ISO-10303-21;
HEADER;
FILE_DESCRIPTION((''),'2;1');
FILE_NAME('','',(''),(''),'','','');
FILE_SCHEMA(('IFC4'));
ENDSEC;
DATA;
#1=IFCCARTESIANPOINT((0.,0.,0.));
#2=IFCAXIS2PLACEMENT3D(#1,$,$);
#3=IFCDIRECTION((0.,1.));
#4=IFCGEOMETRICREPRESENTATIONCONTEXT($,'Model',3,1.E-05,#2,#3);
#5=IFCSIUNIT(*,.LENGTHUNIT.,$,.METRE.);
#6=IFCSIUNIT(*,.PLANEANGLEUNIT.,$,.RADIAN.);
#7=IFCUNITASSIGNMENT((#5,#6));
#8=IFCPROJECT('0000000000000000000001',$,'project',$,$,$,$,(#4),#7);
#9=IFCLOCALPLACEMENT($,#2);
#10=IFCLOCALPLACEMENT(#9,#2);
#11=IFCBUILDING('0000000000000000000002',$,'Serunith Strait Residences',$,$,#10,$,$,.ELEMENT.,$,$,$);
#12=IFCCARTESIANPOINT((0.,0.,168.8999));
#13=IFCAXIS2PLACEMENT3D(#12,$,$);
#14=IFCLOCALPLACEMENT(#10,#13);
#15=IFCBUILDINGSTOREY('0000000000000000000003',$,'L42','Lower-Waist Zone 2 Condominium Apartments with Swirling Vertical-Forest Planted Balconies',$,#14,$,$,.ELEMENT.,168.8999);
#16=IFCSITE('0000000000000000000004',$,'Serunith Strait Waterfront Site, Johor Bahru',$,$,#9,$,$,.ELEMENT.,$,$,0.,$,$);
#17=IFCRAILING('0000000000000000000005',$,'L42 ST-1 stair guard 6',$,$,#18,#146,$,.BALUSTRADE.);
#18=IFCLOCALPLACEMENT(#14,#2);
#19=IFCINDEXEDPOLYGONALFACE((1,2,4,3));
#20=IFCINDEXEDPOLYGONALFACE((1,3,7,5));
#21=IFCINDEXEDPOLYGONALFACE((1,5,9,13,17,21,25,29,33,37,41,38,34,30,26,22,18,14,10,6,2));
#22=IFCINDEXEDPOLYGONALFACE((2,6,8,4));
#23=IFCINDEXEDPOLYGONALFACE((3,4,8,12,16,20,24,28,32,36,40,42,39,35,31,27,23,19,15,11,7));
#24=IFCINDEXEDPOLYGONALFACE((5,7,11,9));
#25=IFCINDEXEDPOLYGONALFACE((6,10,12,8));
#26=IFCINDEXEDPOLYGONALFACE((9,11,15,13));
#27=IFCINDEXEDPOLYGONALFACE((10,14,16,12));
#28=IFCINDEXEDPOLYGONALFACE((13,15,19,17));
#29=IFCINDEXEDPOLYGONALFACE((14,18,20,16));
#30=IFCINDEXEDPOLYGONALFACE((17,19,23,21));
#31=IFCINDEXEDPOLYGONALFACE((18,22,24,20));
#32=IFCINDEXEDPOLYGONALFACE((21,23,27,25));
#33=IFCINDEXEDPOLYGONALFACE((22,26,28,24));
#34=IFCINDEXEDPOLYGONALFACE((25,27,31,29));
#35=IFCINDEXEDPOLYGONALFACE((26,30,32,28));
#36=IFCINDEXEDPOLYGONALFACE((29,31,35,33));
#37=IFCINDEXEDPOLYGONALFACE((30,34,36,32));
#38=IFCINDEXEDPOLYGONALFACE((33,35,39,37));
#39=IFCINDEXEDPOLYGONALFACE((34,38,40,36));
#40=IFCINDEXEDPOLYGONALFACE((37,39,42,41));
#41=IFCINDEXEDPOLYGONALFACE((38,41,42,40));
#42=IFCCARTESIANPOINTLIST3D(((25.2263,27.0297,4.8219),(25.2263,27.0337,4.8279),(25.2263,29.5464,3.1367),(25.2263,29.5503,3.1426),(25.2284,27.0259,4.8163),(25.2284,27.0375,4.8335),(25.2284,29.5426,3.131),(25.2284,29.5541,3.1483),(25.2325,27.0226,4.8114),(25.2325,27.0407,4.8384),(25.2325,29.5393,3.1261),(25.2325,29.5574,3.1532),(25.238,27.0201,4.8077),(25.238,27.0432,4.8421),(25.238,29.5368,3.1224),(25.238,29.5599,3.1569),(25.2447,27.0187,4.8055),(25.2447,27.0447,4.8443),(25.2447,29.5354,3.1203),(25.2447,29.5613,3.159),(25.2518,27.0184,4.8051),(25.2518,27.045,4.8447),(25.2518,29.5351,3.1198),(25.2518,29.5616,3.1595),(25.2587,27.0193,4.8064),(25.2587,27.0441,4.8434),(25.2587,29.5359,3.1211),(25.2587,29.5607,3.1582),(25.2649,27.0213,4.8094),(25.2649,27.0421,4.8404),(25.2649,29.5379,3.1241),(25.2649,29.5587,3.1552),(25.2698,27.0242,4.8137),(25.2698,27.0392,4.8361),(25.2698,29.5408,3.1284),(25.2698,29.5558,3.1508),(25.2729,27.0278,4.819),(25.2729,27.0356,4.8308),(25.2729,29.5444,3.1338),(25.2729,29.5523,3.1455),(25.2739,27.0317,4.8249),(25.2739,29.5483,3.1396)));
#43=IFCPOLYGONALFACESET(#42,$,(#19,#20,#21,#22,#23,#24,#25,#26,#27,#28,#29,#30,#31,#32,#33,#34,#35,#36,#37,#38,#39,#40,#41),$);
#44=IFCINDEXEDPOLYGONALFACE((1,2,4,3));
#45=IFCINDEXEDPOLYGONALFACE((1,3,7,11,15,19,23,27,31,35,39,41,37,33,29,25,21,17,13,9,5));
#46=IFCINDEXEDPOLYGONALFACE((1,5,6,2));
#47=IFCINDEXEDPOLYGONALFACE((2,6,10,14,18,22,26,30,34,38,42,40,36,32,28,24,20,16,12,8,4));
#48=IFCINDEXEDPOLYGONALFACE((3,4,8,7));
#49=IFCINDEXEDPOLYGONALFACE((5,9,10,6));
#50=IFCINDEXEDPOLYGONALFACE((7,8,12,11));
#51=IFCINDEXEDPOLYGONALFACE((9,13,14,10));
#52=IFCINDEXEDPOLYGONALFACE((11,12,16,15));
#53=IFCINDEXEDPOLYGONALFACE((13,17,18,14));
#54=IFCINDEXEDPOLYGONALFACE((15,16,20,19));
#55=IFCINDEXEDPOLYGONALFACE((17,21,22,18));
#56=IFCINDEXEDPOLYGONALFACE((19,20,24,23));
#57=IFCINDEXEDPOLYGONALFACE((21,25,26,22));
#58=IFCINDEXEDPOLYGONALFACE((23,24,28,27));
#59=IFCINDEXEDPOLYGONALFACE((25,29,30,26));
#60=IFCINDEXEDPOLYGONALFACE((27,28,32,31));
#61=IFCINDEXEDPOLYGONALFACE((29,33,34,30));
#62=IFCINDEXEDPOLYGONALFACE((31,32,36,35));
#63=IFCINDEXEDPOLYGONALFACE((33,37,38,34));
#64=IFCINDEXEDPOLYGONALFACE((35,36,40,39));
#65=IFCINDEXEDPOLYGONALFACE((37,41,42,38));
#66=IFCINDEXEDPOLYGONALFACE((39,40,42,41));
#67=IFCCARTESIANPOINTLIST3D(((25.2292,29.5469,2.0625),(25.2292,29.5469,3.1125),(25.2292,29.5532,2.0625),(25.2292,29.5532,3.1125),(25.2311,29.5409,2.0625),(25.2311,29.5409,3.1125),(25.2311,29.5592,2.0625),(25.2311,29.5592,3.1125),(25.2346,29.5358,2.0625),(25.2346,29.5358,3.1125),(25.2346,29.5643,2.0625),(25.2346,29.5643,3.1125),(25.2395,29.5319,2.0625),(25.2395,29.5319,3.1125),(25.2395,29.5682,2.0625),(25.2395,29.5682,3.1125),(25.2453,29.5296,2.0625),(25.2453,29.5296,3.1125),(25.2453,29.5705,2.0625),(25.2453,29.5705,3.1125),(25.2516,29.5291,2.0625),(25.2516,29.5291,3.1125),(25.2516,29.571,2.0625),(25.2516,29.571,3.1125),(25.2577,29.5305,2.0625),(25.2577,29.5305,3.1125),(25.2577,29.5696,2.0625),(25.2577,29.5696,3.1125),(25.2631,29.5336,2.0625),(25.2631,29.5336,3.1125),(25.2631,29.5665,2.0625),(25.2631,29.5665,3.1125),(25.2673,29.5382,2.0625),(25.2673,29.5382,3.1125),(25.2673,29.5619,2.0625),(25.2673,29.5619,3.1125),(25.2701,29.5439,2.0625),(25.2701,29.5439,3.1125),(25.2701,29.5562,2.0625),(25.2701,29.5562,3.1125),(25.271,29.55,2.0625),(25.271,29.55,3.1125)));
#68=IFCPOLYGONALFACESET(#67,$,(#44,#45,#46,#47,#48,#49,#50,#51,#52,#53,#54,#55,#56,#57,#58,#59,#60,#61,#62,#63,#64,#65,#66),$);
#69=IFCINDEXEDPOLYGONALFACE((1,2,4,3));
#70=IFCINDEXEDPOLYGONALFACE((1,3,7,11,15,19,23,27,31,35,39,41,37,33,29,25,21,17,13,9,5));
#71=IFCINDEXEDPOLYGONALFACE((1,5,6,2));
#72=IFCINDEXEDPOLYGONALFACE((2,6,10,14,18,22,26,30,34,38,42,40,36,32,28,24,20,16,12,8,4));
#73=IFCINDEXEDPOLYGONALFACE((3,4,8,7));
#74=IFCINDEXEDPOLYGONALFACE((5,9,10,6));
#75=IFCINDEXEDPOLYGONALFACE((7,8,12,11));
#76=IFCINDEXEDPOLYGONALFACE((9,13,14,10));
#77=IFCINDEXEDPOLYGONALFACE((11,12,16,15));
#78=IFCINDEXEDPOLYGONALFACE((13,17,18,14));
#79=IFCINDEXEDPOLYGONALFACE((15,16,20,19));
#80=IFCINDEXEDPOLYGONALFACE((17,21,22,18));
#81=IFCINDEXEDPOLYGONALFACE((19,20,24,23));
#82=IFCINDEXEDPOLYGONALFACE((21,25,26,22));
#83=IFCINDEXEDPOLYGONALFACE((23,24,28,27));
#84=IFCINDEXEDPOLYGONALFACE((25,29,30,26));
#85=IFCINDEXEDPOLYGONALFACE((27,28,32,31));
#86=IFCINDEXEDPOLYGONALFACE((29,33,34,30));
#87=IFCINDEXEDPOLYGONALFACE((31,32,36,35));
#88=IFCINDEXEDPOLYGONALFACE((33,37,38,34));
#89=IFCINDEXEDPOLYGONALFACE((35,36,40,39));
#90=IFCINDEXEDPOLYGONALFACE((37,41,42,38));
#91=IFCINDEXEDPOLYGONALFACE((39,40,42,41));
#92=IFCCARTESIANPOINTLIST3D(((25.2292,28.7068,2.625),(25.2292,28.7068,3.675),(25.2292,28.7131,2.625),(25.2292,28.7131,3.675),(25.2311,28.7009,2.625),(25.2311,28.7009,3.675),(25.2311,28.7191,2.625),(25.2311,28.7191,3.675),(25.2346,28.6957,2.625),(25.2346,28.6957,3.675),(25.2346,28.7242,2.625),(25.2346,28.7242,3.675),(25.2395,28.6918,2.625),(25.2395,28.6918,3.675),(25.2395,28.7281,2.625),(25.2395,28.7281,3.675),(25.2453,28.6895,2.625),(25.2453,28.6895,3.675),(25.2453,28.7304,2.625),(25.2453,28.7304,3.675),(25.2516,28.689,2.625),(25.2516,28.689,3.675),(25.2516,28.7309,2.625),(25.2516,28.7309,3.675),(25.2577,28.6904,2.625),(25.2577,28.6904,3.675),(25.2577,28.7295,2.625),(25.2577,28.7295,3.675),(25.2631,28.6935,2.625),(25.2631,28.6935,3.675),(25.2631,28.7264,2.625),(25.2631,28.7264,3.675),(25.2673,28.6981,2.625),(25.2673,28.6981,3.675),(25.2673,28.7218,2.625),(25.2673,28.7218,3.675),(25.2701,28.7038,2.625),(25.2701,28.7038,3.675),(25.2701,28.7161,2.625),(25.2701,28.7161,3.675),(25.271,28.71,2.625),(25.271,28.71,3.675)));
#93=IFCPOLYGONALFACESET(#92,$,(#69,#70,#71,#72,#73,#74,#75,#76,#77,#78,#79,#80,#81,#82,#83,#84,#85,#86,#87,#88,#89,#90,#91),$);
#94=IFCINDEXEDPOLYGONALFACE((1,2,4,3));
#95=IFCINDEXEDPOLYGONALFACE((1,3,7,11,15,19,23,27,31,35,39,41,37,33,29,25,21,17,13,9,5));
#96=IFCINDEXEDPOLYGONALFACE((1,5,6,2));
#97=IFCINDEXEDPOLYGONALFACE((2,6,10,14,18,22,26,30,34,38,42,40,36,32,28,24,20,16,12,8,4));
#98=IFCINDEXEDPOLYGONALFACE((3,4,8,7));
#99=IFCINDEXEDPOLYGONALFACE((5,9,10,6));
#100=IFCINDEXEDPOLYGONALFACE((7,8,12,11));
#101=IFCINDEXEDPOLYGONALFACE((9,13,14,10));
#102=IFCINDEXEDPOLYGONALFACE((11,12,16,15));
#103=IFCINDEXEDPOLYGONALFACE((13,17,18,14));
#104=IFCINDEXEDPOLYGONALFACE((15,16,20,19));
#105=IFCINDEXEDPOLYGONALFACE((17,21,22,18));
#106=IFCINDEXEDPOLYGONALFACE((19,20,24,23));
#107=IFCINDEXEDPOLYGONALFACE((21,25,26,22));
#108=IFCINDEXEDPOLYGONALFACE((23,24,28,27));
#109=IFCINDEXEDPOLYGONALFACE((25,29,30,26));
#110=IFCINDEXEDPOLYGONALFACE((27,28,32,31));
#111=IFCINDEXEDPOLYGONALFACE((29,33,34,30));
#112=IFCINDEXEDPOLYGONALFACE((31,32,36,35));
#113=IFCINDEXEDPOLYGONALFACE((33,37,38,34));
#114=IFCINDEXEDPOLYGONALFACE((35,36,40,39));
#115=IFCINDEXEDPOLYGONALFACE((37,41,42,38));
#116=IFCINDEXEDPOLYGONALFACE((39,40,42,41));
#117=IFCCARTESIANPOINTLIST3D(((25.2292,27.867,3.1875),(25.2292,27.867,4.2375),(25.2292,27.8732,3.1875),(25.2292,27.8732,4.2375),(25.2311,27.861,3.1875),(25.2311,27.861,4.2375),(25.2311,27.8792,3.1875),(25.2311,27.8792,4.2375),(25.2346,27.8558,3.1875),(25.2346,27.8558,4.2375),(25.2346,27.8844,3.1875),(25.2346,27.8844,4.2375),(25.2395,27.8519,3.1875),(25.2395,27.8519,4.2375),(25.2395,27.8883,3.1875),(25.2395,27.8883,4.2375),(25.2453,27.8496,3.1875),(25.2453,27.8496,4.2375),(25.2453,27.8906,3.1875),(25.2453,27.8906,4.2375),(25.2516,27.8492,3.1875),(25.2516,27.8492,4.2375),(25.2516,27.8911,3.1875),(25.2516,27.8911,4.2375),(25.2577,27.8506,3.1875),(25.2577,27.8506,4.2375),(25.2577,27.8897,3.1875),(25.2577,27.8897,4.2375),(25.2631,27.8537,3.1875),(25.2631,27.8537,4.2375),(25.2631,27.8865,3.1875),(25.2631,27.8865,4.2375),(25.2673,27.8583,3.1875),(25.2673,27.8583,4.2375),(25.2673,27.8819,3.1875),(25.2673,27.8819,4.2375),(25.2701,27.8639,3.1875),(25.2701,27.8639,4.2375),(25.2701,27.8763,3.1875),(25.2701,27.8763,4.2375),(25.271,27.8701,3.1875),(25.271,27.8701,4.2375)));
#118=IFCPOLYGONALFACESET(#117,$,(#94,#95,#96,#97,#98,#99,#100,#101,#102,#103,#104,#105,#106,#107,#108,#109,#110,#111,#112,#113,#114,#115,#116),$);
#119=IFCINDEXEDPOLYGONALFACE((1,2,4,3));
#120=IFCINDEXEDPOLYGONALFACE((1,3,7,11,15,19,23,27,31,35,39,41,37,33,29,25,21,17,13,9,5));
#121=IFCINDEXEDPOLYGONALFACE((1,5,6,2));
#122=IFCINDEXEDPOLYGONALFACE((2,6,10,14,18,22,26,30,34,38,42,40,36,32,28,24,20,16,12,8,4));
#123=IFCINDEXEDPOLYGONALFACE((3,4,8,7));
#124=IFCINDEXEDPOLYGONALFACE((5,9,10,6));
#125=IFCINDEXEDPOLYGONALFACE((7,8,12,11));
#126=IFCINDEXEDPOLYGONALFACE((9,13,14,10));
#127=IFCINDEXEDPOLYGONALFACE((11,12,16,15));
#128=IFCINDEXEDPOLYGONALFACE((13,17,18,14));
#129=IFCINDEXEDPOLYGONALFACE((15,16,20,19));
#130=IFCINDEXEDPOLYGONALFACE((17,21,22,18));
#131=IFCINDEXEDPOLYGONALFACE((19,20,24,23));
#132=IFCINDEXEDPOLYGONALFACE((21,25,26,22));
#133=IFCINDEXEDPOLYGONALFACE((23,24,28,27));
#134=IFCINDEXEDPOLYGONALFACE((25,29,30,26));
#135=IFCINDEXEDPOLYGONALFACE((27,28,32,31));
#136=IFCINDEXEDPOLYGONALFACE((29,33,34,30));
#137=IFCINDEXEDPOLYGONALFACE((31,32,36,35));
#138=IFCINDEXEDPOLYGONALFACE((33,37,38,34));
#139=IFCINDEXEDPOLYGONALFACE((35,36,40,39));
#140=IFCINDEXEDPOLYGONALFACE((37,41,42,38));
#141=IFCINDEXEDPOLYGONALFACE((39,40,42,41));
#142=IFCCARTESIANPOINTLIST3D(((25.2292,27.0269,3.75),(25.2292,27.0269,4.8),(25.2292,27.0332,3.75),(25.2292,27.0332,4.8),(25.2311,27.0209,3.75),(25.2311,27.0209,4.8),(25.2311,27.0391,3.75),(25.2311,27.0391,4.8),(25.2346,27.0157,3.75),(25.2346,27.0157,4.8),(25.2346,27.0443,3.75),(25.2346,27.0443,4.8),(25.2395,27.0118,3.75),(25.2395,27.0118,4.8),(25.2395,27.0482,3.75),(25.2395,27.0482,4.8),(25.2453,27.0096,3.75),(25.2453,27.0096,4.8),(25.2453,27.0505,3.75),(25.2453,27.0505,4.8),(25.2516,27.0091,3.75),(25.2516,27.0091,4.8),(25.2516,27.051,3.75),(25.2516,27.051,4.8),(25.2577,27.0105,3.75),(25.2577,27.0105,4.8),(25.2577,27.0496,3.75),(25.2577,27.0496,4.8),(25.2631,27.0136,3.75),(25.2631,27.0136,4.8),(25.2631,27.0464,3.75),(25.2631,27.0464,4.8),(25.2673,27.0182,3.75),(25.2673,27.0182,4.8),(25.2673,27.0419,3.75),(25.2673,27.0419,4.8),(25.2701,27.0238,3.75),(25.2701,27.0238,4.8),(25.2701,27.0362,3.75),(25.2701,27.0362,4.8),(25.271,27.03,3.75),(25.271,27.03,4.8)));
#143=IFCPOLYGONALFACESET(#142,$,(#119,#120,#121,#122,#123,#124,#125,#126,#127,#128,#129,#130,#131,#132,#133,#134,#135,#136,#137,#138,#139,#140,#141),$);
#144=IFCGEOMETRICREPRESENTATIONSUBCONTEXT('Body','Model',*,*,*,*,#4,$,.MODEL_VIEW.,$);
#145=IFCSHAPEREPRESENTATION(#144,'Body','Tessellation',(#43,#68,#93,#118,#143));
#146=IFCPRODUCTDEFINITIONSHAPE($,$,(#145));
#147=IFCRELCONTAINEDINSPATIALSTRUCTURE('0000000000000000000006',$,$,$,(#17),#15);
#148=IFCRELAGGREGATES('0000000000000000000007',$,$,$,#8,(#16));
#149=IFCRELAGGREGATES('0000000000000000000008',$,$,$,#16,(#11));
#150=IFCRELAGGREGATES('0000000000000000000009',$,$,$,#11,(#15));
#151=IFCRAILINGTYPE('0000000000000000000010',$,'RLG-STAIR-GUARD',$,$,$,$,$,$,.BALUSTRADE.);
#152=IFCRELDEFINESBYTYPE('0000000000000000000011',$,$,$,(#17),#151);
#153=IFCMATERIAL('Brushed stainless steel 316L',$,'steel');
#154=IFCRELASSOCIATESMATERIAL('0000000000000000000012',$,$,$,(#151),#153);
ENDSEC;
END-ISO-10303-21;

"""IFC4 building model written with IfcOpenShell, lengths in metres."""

from ifc_helpers import new_model, si_unit, direction, frame, origin, origin_2d, place, context, subcontext, project, spatial, circle, extrude, material, type_object, element, save


model = new_model("IFC4")

# Units and contexts
model_context = context("Model", 3, precision=1e-05, world=origin(), true_north=direction((0.0, 1.0)))
body_context = subcontext(model_context, "Body", "Model", "MODEL_VIEW")
ifc_project = project(units=[si_unit("LENGTHUNIT", "METRE"), si_unit("PLANEANGLEUNIT", "RADIAN")], contexts=[model_context])

# Site, building, storey
site_placement = place(None, origin())
site = spatial("IfcSite", under=ifc_project, at=site_placement, Name="Serunith Strait Waterfront Site, Johor Bahru", CompositionType="ELEMENT", RefElevation=0.0)
building_placement = place(site_placement, origin())
building = spatial("IfcBuilding", under=site, at=building_placement, Name="Serunith Strait Residences", CompositionType="ELEMENT")
storey_placement = place(building_placement, frame((0.0, 0.0, 168.8999)))
storey = spatial("IfcBuildingStorey", under=building, at=storey_placement, Name="L42", Description="Lower-Waist Zone 2 Condominium Apartments with Swirling Vertical-Forest Planted Balconies", CompositionType="ELEMENT", Elevation=168.8999)

# Railing
ifc_material_1 = material(Name="Brushed stainless steel 316L", Category="steel")
railing_type_1 = type_object("IfcRailingType", Name="RLG-STAIR-GUARD", PredefinedType="BALUSTRADE", material=ifc_material_1)
railing_1_placement = place(storey_placement, frame((25.25, 29.55, 2.0625)))
element("IfcRailing", 1, at=railing_1_placement, inside=storey, type_object=railing_type_1, Name="L42 ST-1 stair guard 6", PredefinedType="BALUSTRADE", context=body_context, shape_type="SweptSolid", body=[
    extrude(circle(Radius=0.0239, at=origin_2d()), frame((0.0, -0.0017, 1.0771), z_axis=(0.0, -0.830909, 0.556408), x_axis=(1.0, 0.0, 0.0)), (0.0, 0.0, 1.0), 3.0288),
    extrude(circle(Radius=0.021, at=origin_2d()), origin(), (0.0, 0.0, 1.0), 1.05),
    extrude(circle(Radius=0.021, at=origin_2d()), frame((0.0, -0.8401, 0.5625)), (0.0, 0.0, 1.0), 1.05),
    extrude(circle(Radius=0.021, at=origin_2d()), frame((0.0, -1.6799, 1.125)), (0.0, 0.0, 1.0), 1.05),
    extrude(circle(Radius=0.021, at=origin_2d()), frame((0.0, -2.52, 1.6875)), (0.0, 0.0, 1.0), 1.05),
])

save(model, "model.ifc")
